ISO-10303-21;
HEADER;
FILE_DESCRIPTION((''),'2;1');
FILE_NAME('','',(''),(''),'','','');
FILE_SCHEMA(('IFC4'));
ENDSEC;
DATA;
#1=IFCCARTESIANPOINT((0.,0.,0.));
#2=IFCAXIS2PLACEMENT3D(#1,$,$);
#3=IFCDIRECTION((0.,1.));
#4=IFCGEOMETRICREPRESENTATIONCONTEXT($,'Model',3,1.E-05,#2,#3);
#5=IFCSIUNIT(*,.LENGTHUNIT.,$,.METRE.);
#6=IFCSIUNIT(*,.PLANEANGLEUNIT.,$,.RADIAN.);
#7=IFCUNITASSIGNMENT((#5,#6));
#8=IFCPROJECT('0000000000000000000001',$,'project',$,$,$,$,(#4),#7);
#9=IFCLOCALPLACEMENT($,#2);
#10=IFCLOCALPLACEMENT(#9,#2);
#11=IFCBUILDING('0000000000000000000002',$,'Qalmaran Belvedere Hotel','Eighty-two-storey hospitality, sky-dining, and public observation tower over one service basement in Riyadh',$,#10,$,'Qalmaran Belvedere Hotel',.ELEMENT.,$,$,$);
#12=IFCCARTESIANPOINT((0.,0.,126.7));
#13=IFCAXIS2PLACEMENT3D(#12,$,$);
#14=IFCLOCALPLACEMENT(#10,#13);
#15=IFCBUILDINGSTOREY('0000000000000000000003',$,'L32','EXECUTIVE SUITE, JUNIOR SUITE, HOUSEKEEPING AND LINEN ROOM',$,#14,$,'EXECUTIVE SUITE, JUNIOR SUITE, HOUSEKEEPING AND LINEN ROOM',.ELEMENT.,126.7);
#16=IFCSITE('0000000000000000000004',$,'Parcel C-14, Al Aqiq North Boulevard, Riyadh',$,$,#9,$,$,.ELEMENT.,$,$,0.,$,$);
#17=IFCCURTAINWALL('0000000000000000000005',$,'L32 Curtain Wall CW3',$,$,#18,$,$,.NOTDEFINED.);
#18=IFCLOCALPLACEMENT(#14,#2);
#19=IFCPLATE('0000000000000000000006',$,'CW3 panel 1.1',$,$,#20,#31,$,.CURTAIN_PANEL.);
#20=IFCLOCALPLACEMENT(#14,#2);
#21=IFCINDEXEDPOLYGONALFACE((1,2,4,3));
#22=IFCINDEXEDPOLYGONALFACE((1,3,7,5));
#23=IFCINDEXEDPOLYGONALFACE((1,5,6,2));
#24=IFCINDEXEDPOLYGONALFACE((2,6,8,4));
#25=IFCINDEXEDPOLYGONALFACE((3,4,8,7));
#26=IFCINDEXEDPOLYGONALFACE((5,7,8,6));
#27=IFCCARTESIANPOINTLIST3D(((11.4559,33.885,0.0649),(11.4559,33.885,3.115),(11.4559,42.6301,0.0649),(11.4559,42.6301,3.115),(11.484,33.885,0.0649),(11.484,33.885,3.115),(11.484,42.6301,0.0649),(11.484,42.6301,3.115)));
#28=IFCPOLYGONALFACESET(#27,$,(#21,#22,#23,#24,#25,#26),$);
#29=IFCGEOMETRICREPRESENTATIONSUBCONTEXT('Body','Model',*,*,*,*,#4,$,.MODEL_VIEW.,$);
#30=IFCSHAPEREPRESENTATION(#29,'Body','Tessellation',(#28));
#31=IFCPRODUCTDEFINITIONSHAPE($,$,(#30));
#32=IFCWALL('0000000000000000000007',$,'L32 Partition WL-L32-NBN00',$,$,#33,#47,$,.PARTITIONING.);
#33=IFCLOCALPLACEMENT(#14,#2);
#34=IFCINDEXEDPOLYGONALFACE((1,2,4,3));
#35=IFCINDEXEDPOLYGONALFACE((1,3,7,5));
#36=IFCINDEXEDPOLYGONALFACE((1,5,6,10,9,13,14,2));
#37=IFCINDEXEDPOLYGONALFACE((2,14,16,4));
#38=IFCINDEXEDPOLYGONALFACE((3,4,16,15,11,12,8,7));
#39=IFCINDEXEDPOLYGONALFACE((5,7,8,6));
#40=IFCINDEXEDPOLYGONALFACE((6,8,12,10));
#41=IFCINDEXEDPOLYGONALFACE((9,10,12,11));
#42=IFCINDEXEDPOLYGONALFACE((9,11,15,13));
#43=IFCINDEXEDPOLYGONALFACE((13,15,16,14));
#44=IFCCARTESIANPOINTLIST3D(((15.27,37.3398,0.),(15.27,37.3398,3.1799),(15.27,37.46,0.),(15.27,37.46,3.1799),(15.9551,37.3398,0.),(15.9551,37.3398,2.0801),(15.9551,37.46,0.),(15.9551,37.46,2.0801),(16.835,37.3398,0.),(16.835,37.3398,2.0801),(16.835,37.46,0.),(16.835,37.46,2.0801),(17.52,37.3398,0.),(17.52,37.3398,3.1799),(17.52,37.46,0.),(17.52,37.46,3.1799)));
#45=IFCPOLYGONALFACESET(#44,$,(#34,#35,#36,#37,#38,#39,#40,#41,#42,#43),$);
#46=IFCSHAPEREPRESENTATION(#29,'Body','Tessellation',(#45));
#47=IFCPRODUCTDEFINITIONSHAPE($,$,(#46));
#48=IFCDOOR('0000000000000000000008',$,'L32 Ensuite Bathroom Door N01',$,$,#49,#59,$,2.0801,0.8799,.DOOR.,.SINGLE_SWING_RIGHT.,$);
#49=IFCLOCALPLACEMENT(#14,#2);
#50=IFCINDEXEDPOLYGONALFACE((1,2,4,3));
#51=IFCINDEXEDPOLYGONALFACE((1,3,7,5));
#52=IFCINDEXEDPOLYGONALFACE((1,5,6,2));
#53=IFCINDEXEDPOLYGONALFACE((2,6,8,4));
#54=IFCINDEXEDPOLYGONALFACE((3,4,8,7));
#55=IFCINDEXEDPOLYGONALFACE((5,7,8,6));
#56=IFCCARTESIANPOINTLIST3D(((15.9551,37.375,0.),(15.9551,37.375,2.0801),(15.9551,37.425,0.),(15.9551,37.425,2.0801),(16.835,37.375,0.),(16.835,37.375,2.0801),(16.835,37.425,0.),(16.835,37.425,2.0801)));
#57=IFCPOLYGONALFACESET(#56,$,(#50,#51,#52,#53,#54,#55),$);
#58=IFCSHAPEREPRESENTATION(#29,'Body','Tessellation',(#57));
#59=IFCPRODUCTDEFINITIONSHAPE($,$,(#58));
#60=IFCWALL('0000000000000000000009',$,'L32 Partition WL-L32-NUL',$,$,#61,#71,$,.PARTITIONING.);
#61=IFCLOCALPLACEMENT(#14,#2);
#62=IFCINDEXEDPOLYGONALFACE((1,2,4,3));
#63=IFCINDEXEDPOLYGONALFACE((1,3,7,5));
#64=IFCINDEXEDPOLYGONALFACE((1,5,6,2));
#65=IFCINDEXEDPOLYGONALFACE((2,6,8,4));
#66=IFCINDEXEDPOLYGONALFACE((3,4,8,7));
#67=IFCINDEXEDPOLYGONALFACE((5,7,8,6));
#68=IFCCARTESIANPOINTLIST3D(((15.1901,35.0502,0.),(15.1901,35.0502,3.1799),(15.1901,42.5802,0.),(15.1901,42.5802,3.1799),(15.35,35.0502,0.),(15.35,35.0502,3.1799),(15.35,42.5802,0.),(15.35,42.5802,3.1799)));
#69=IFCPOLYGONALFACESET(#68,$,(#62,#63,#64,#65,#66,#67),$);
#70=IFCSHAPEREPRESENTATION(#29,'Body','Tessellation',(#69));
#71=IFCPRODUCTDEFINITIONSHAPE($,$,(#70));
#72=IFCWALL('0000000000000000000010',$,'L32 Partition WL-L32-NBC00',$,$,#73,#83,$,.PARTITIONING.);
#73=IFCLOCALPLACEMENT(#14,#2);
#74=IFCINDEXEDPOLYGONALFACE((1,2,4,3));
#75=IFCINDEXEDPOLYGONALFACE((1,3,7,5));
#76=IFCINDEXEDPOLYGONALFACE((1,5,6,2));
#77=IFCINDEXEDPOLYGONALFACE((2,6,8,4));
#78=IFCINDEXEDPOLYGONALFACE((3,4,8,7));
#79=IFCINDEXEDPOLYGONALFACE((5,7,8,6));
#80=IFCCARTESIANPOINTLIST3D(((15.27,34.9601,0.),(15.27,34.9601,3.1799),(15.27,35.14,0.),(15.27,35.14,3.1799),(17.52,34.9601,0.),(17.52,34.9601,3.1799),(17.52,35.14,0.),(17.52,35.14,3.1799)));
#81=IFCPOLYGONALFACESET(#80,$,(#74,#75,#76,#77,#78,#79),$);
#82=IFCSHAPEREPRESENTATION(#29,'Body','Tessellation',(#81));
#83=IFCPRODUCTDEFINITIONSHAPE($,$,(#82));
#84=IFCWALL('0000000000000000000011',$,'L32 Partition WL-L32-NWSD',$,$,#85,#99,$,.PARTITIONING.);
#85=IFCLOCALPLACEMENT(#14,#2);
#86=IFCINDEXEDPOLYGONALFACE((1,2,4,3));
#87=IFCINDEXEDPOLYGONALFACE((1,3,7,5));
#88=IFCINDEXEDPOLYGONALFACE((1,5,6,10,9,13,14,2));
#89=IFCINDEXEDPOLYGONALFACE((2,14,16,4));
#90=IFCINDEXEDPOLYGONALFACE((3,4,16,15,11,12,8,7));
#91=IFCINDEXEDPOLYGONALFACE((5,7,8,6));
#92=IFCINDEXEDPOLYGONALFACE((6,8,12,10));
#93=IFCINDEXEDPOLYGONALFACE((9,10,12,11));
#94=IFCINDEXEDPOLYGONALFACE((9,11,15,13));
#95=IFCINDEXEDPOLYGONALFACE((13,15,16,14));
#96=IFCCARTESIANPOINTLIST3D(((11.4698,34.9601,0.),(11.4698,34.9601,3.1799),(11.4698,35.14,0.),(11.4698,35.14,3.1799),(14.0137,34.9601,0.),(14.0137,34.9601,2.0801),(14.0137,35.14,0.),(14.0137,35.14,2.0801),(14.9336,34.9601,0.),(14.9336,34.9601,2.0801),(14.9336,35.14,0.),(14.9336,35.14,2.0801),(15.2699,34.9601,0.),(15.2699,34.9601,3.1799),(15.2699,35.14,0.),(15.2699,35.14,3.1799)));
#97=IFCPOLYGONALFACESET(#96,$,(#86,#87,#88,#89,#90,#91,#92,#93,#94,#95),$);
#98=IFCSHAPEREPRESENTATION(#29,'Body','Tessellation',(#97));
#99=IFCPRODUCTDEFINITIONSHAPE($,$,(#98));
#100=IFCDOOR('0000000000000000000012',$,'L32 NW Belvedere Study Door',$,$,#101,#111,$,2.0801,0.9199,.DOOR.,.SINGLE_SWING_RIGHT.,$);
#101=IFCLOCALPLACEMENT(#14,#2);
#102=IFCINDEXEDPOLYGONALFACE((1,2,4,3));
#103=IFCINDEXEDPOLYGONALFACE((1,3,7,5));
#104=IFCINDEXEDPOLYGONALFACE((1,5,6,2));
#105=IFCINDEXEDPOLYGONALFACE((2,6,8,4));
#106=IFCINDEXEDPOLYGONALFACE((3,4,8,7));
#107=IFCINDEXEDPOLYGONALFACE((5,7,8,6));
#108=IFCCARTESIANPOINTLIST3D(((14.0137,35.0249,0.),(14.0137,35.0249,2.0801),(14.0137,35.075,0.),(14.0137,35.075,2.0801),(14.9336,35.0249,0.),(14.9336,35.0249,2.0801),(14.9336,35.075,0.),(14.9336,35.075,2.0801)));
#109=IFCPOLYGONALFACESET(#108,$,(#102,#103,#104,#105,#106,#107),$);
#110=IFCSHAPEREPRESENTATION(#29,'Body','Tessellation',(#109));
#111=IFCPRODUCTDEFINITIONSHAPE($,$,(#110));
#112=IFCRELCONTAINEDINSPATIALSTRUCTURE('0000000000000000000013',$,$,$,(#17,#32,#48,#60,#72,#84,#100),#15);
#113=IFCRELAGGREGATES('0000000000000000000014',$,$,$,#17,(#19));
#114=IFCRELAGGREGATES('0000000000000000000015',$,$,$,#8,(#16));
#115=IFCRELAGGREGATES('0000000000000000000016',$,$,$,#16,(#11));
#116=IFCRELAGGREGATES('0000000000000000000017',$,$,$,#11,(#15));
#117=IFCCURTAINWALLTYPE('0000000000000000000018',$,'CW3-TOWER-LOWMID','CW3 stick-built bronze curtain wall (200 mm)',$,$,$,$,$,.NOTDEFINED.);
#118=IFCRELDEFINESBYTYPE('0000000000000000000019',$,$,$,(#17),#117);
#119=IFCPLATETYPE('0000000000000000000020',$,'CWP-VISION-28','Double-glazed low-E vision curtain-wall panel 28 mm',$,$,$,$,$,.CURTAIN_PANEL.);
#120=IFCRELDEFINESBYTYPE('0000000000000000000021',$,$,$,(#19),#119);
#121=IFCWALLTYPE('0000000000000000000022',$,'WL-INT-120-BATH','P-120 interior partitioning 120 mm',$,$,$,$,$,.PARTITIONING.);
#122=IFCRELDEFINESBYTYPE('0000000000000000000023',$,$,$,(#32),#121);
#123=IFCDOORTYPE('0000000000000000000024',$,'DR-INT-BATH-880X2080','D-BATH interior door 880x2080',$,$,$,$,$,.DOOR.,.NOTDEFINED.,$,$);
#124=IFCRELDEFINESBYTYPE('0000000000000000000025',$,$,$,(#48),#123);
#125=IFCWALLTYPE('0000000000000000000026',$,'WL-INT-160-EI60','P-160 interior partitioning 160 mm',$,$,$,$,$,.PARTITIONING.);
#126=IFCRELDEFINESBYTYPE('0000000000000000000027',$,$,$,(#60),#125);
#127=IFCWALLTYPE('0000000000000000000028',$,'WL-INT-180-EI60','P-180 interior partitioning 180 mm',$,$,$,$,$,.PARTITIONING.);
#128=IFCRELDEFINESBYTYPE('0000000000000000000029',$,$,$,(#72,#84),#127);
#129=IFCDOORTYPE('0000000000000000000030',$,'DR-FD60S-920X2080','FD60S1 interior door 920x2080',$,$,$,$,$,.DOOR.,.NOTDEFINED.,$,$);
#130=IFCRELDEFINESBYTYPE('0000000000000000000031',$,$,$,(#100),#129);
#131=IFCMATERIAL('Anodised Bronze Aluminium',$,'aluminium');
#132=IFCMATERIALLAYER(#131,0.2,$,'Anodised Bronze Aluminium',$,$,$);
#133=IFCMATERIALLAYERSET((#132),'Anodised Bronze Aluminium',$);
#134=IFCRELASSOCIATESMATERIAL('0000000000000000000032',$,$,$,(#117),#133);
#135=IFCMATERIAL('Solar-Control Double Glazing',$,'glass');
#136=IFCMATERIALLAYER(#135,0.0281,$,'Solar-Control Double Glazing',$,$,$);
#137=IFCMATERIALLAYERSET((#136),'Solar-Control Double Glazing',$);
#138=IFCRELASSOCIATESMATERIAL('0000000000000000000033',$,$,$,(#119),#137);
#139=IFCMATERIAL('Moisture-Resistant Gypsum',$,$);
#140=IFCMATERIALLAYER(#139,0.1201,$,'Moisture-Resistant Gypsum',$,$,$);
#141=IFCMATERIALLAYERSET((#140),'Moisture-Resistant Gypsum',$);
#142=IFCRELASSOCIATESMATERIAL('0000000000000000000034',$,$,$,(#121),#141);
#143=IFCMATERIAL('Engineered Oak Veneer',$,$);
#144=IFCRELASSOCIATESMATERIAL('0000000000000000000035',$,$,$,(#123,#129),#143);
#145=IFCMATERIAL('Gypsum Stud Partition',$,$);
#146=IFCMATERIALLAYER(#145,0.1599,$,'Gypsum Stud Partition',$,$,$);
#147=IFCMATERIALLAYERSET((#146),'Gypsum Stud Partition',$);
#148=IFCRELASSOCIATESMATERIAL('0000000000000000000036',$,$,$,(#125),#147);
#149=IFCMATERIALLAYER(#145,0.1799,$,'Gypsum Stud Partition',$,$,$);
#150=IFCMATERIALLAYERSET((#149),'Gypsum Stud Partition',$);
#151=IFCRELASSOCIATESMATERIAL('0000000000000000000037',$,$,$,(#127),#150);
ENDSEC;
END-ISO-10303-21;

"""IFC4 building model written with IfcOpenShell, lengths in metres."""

from ifc_helpers import new_model, si_unit, direction, frame, frame_2d, origin, origin_2d, place, context, subcontext, project, spatial, rectangle, extrude, material, layer, layer_set, type_object, element, fill, aggregate, save


model = new_model("IFC4")

# Units and contexts
model_context = context("Model", 3, precision=1e-05, world=origin(), true_north=direction((0.0, 1.0)))
body_context = subcontext(model_context, "Body", "Model", "MODEL_VIEW")
ifc_project = project(units=[si_unit("LENGTHUNIT", "METRE"), si_unit("PLANEANGLEUNIT", "RADIAN")], contexts=[model_context])

# Site, building, storey
site_placement = place(None, origin())
site = spatial("IfcSite", under=ifc_project, at=site_placement, Name="Parcel C-14, Al Aqiq North Boulevard, Riyadh", CompositionType="ELEMENT", RefElevation=0.0)
building_placement = place(site_placement, origin())
building = spatial("IfcBuilding", under=site, at=building_placement, Name="Qalmaran Belvedere Hotel", Description="Eighty-two-storey hospitality, sky-dining, and public observation tower over one service basement in Riyadh", LongName="Qalmaran Belvedere Hotel", CompositionType="ELEMENT")
storey_placement = place(building_placement, frame((0.0, 0.0, 126.7)))
storey = spatial("IfcBuildingStorey", under=building, at=storey_placement, Name="L32", Description="EXECUTIVE SUITE, JUNIOR SUITE, HOUSEKEEPING AND LINEN ROOM", LongName="EXECUTIVE SUITE, JUNIOR SUITE, HOUSEKEEPING AND LINEN ROOM", CompositionType="ELEMENT", Elevation=126.7)

# Shared definitions
ifc_material_1 = material(Name="Anodised Bronze Aluminium", Category="aluminium")
ifc_layer_1 = layer(ifc_material_1, 0.2, Name="Anodised Bronze Aluminium")
ifc_layer_set_1 = layer_set([ifc_layer_1], Name="Anodised Bronze Aluminium")
curtain_wall_type = type_object("IfcCurtainWallType", Name="CW3-TOWER-LOWMID", Description="CW3 stick-built bronze curtain wall (200 mm)", PredefinedType="NOTDEFINED", material=ifc_layer_set_1)

# Curtain wall
curtain_wall_1_placement = place(storey_placement, origin())
curtain_wall_1 = element("IfcCurtainWall", 1, at=curtain_wall_1_placement, inside=storey, type_object=curtain_wall_type, Name="L32 Curtain Wall CW3", PredefinedType="NOTDEFINED")

# Plate
ifc_material_2 = material(Name="Solar-Control Double Glazing", Category="glass")
ifc_layer_2 = layer(ifc_material_2, 0.0281, Name="Solar-Control Double Glazing")
ifc_layer_set_2 = layer_set([ifc_layer_2], Name="Solar-Control Double Glazing")
plate_type = type_object("IfcPlateType", Name="CWP-VISION-28", Description="Double-glazed low-E vision curtain-wall panel 28 mm", PredefinedType="CURTAIN_PANEL", material=ifc_layer_set_2)
plate_1_placement = place(storey_placement, frame((11.47, 38.2576, 0.0649), z_axis=(0.0, 0.0, 1.0), x_axis=(0.0, -1.0, 0.0)))
plate_1 = element("IfcPlate", 2, at=plate_1_placement, type_object=plate_type, Name="CW3 panel 1.1", PredefinedType="CURTAIN_PANEL", context=body_context, shape_type="SweptSolid", body=[
    extrude(rectangle(XDim=8.7451, YDim=0.0281, at=origin_2d()), origin(), (0.0, 0.0, 1.0), 3.05),
])
aggregate(curtain_wall_1, [plate_1])

# Wall, opening, door
ifc_material_3 = material(Name="Moisture-Resistant Gypsum")
ifc_layer_3 = layer(ifc_material_3, 0.1201, Name="Moisture-Resistant Gypsum")
ifc_layer_set_3 = layer_set([ifc_layer_3], Name="Moisture-Resistant Gypsum")
wall_type_1 = type_object("IfcWallType", Name="WL-INT-120-BATH", Description="P-120 interior partitioning 120 mm", PredefinedType="PARTITIONING", material=ifc_layer_set_3)
wall_1_placement = place(storey_placement, frame((15.27, 37.3999, 0.0), z_axis=(0.0, 0.0, 1.0), x_axis=(1.0, 0.0, 0.0)))
wall_1 = element("IfcWall", 3, at=wall_1_placement, inside=storey, type_object=wall_type_1, Name="L32 Partition WL-L32-NBN00", PredefinedType="PARTITIONING", context=body_context, shape_type="SweptSolid", body=[
    extrude(rectangle(XDim=2.25, YDim=0.1201, at=frame_2d((1.125, 0.0))), origin(), (0.0, 0.0, 1.0), 3.1799),
])
opening_1_placement = place(wall_1_placement, frame((1.5649, 0.0, 0.0), z_axis=(0.0, 0.0, 1.0), x_axis=(-1.0, 0.0, 0.0)))
opening_1 = element("IfcOpeningElement", 4, at=opening_1_placement, cuts=wall_1, PredefinedType="OPENING", context=body_context, shape_type="SweptSolid", body=[
    extrude(rectangle(XDim=0.8799, YDim=2.0801, at=frame_2d((0.4399, 1.04))), frame((0.0, 0.0701, 0.0), z_axis=(0.0, -1.0, 0.0), x_axis=(1.0, 0.0, 0.0)), (0.0, 0.0, 1.0), 0.1401),
])
ifc_material_4 = material(Name="Engineered Oak Veneer")
door_type_1 = type_object("IfcDoorType", Name="DR-INT-BATH-880X2080", Description="D-BATH interior door 880x2080", OperationType="NOTDEFINED", PredefinedType="DOOR", material=ifc_material_4)
door_1_placement = place(opening_1_placement, origin())
door_1 = element("IfcDoor", 5, at=door_1_placement, inside=storey, type_object=door_type_1, Name="L32 Ensuite Bathroom Door N01", OperationType="SINGLE_SWING_RIGHT", OverallHeight=2.0801, OverallWidth=0.8799, PredefinedType="DOOR", context=body_context, shape_type="SweptSolid", body=[
    extrude(rectangle(XDim=0.8799, YDim=2.0801, at=frame_2d((0.4399, 1.04))), frame((0.0, 0.0249, 0.0), z_axis=(0.0, -1.0, 0.0), x_axis=(1.0, 0.0, 0.0)), (0.0, 0.0, 1.0), 0.05),
])
fill(opening_1, door_1)

# Walls
ifc_material_5 = material(Name="Gypsum Stud Partition")
ifc_layer_4 = layer(ifc_material_5, 0.1599, Name="Gypsum Stud Partition")
ifc_layer_set_4 = layer_set([ifc_layer_4], Name="Gypsum Stud Partition")
wall_type_2 = type_object("IfcWallType", Name="WL-INT-160-EI60", Description="P-160 interior partitioning 160 mm", PredefinedType="PARTITIONING", material=ifc_layer_set_4)
wall_2_placement = place(storey_placement, frame((15.27, 35.05, 0.0), z_axis=(0.0, 0.0, 1.0), x_axis=(0.0, 1.0, 0.0)))
element("IfcWall", 6, at=wall_2_placement, inside=storey, type_object=wall_type_2, Name="L32 Partition WL-L32-NUL", PredefinedType="PARTITIONING", context=body_context, shape_type="SweptSolid", body=[
    extrude(rectangle(XDim=7.53, YDim=0.1599, at=frame_2d((3.7651, 0.0))), origin(), (0.0, 0.0, 1.0), 3.1799),
])
ifc_layer_5 = layer(ifc_material_5, 0.1799, Name="Gypsum Stud Partition")
ifc_layer_set_5 = layer_set([ifc_layer_5], Name="Gypsum Stud Partition")
wall_type_3 = type_object("IfcWallType", Name="WL-INT-180-EI60", Description="P-180 interior partitioning 180 mm", PredefinedType="PARTITIONING", material=ifc_layer_set_5)
wall_3_placement = place(storey_placement, frame((15.27, 35.05, 0.0), z_axis=(0.0, 0.0, 1.0), x_axis=(1.0, 0.0, 0.0)))
element("IfcWall", 7, at=wall_3_placement, inside=storey, type_object=wall_type_3, Name="L32 Partition WL-L32-NBC00", PredefinedType="PARTITIONING", context=body_context, shape_type="SweptSolid", body=[
    extrude(rectangle(XDim=2.25, YDim=0.1799, at=frame_2d((1.125, 0.0))), origin(), (0.0, 0.0, 1.0), 3.1799),
])

# Wall, opening, door
wall_4_placement = place(storey_placement, frame((11.47, 35.05, 0.0), z_axis=(0.0, 0.0, 1.0), x_axis=(1.0, 0.0, 0.0)))
wall_4 = element("IfcWall", 8, at=wall_4_placement, inside=storey, type_object=wall_type_3, Name="L32 Partition WL-L32-NWSD", PredefinedType="PARTITIONING", context=body_context, shape_type="SweptSolid", body=[
    extrude(rectangle(XDim=3.8, YDim=0.1799, at=frame_2d((1.8999, 0.0))), origin(), (0.0, 0.0, 1.0), 3.1799),
])
opening_2_placement = place(wall_4_placement, frame((2.5437, 0.0, 0.0)))
opening_2 = element("IfcOpeningElement", 9, at=opening_2_placement, cuts=wall_4, PredefinedType="OPENING", context=body_context, shape_type="SweptSolid", body=[
    extrude(rectangle(XDim=0.9199, YDim=2.0801, at=frame_2d((0.46, 1.04))), frame((0.0, 0.1001, 0.0), z_axis=(0.0, -1.0, 0.0), x_axis=(1.0, 0.0, 0.0)), (0.0, 0.0, 1.0), 0.2),
])
door_type_2 = type_object("IfcDoorType", Name="DR-FD60S-920X2080", Description="FD60S1 interior door 920x2080", OperationType="NOTDEFINED", PredefinedType="DOOR", material=ifc_material_4)
door_2_placement = place(opening_2_placement, origin())
door_2 = element("IfcDoor", 10, at=door_2_placement, inside=storey, type_object=door_type_2, Name="L32 NW Belvedere Study Door", OperationType="SINGLE_SWING_RIGHT", OverallHeight=2.0801, OverallWidth=0.9199, PredefinedType="DOOR", context=body_context, shape_type="SweptSolid", body=[
    extrude(rectangle(XDim=0.9199, YDim=2.0801, at=frame_2d((0.46, 1.04))), frame((0.0, 0.0249, 0.0), z_axis=(0.0, -1.0, 0.0), x_axis=(1.0, 0.0, 0.0)), (0.0, 0.0, 1.0), 0.05),
])
fill(opening_2, door_2)

save(model, "model.ifc")
